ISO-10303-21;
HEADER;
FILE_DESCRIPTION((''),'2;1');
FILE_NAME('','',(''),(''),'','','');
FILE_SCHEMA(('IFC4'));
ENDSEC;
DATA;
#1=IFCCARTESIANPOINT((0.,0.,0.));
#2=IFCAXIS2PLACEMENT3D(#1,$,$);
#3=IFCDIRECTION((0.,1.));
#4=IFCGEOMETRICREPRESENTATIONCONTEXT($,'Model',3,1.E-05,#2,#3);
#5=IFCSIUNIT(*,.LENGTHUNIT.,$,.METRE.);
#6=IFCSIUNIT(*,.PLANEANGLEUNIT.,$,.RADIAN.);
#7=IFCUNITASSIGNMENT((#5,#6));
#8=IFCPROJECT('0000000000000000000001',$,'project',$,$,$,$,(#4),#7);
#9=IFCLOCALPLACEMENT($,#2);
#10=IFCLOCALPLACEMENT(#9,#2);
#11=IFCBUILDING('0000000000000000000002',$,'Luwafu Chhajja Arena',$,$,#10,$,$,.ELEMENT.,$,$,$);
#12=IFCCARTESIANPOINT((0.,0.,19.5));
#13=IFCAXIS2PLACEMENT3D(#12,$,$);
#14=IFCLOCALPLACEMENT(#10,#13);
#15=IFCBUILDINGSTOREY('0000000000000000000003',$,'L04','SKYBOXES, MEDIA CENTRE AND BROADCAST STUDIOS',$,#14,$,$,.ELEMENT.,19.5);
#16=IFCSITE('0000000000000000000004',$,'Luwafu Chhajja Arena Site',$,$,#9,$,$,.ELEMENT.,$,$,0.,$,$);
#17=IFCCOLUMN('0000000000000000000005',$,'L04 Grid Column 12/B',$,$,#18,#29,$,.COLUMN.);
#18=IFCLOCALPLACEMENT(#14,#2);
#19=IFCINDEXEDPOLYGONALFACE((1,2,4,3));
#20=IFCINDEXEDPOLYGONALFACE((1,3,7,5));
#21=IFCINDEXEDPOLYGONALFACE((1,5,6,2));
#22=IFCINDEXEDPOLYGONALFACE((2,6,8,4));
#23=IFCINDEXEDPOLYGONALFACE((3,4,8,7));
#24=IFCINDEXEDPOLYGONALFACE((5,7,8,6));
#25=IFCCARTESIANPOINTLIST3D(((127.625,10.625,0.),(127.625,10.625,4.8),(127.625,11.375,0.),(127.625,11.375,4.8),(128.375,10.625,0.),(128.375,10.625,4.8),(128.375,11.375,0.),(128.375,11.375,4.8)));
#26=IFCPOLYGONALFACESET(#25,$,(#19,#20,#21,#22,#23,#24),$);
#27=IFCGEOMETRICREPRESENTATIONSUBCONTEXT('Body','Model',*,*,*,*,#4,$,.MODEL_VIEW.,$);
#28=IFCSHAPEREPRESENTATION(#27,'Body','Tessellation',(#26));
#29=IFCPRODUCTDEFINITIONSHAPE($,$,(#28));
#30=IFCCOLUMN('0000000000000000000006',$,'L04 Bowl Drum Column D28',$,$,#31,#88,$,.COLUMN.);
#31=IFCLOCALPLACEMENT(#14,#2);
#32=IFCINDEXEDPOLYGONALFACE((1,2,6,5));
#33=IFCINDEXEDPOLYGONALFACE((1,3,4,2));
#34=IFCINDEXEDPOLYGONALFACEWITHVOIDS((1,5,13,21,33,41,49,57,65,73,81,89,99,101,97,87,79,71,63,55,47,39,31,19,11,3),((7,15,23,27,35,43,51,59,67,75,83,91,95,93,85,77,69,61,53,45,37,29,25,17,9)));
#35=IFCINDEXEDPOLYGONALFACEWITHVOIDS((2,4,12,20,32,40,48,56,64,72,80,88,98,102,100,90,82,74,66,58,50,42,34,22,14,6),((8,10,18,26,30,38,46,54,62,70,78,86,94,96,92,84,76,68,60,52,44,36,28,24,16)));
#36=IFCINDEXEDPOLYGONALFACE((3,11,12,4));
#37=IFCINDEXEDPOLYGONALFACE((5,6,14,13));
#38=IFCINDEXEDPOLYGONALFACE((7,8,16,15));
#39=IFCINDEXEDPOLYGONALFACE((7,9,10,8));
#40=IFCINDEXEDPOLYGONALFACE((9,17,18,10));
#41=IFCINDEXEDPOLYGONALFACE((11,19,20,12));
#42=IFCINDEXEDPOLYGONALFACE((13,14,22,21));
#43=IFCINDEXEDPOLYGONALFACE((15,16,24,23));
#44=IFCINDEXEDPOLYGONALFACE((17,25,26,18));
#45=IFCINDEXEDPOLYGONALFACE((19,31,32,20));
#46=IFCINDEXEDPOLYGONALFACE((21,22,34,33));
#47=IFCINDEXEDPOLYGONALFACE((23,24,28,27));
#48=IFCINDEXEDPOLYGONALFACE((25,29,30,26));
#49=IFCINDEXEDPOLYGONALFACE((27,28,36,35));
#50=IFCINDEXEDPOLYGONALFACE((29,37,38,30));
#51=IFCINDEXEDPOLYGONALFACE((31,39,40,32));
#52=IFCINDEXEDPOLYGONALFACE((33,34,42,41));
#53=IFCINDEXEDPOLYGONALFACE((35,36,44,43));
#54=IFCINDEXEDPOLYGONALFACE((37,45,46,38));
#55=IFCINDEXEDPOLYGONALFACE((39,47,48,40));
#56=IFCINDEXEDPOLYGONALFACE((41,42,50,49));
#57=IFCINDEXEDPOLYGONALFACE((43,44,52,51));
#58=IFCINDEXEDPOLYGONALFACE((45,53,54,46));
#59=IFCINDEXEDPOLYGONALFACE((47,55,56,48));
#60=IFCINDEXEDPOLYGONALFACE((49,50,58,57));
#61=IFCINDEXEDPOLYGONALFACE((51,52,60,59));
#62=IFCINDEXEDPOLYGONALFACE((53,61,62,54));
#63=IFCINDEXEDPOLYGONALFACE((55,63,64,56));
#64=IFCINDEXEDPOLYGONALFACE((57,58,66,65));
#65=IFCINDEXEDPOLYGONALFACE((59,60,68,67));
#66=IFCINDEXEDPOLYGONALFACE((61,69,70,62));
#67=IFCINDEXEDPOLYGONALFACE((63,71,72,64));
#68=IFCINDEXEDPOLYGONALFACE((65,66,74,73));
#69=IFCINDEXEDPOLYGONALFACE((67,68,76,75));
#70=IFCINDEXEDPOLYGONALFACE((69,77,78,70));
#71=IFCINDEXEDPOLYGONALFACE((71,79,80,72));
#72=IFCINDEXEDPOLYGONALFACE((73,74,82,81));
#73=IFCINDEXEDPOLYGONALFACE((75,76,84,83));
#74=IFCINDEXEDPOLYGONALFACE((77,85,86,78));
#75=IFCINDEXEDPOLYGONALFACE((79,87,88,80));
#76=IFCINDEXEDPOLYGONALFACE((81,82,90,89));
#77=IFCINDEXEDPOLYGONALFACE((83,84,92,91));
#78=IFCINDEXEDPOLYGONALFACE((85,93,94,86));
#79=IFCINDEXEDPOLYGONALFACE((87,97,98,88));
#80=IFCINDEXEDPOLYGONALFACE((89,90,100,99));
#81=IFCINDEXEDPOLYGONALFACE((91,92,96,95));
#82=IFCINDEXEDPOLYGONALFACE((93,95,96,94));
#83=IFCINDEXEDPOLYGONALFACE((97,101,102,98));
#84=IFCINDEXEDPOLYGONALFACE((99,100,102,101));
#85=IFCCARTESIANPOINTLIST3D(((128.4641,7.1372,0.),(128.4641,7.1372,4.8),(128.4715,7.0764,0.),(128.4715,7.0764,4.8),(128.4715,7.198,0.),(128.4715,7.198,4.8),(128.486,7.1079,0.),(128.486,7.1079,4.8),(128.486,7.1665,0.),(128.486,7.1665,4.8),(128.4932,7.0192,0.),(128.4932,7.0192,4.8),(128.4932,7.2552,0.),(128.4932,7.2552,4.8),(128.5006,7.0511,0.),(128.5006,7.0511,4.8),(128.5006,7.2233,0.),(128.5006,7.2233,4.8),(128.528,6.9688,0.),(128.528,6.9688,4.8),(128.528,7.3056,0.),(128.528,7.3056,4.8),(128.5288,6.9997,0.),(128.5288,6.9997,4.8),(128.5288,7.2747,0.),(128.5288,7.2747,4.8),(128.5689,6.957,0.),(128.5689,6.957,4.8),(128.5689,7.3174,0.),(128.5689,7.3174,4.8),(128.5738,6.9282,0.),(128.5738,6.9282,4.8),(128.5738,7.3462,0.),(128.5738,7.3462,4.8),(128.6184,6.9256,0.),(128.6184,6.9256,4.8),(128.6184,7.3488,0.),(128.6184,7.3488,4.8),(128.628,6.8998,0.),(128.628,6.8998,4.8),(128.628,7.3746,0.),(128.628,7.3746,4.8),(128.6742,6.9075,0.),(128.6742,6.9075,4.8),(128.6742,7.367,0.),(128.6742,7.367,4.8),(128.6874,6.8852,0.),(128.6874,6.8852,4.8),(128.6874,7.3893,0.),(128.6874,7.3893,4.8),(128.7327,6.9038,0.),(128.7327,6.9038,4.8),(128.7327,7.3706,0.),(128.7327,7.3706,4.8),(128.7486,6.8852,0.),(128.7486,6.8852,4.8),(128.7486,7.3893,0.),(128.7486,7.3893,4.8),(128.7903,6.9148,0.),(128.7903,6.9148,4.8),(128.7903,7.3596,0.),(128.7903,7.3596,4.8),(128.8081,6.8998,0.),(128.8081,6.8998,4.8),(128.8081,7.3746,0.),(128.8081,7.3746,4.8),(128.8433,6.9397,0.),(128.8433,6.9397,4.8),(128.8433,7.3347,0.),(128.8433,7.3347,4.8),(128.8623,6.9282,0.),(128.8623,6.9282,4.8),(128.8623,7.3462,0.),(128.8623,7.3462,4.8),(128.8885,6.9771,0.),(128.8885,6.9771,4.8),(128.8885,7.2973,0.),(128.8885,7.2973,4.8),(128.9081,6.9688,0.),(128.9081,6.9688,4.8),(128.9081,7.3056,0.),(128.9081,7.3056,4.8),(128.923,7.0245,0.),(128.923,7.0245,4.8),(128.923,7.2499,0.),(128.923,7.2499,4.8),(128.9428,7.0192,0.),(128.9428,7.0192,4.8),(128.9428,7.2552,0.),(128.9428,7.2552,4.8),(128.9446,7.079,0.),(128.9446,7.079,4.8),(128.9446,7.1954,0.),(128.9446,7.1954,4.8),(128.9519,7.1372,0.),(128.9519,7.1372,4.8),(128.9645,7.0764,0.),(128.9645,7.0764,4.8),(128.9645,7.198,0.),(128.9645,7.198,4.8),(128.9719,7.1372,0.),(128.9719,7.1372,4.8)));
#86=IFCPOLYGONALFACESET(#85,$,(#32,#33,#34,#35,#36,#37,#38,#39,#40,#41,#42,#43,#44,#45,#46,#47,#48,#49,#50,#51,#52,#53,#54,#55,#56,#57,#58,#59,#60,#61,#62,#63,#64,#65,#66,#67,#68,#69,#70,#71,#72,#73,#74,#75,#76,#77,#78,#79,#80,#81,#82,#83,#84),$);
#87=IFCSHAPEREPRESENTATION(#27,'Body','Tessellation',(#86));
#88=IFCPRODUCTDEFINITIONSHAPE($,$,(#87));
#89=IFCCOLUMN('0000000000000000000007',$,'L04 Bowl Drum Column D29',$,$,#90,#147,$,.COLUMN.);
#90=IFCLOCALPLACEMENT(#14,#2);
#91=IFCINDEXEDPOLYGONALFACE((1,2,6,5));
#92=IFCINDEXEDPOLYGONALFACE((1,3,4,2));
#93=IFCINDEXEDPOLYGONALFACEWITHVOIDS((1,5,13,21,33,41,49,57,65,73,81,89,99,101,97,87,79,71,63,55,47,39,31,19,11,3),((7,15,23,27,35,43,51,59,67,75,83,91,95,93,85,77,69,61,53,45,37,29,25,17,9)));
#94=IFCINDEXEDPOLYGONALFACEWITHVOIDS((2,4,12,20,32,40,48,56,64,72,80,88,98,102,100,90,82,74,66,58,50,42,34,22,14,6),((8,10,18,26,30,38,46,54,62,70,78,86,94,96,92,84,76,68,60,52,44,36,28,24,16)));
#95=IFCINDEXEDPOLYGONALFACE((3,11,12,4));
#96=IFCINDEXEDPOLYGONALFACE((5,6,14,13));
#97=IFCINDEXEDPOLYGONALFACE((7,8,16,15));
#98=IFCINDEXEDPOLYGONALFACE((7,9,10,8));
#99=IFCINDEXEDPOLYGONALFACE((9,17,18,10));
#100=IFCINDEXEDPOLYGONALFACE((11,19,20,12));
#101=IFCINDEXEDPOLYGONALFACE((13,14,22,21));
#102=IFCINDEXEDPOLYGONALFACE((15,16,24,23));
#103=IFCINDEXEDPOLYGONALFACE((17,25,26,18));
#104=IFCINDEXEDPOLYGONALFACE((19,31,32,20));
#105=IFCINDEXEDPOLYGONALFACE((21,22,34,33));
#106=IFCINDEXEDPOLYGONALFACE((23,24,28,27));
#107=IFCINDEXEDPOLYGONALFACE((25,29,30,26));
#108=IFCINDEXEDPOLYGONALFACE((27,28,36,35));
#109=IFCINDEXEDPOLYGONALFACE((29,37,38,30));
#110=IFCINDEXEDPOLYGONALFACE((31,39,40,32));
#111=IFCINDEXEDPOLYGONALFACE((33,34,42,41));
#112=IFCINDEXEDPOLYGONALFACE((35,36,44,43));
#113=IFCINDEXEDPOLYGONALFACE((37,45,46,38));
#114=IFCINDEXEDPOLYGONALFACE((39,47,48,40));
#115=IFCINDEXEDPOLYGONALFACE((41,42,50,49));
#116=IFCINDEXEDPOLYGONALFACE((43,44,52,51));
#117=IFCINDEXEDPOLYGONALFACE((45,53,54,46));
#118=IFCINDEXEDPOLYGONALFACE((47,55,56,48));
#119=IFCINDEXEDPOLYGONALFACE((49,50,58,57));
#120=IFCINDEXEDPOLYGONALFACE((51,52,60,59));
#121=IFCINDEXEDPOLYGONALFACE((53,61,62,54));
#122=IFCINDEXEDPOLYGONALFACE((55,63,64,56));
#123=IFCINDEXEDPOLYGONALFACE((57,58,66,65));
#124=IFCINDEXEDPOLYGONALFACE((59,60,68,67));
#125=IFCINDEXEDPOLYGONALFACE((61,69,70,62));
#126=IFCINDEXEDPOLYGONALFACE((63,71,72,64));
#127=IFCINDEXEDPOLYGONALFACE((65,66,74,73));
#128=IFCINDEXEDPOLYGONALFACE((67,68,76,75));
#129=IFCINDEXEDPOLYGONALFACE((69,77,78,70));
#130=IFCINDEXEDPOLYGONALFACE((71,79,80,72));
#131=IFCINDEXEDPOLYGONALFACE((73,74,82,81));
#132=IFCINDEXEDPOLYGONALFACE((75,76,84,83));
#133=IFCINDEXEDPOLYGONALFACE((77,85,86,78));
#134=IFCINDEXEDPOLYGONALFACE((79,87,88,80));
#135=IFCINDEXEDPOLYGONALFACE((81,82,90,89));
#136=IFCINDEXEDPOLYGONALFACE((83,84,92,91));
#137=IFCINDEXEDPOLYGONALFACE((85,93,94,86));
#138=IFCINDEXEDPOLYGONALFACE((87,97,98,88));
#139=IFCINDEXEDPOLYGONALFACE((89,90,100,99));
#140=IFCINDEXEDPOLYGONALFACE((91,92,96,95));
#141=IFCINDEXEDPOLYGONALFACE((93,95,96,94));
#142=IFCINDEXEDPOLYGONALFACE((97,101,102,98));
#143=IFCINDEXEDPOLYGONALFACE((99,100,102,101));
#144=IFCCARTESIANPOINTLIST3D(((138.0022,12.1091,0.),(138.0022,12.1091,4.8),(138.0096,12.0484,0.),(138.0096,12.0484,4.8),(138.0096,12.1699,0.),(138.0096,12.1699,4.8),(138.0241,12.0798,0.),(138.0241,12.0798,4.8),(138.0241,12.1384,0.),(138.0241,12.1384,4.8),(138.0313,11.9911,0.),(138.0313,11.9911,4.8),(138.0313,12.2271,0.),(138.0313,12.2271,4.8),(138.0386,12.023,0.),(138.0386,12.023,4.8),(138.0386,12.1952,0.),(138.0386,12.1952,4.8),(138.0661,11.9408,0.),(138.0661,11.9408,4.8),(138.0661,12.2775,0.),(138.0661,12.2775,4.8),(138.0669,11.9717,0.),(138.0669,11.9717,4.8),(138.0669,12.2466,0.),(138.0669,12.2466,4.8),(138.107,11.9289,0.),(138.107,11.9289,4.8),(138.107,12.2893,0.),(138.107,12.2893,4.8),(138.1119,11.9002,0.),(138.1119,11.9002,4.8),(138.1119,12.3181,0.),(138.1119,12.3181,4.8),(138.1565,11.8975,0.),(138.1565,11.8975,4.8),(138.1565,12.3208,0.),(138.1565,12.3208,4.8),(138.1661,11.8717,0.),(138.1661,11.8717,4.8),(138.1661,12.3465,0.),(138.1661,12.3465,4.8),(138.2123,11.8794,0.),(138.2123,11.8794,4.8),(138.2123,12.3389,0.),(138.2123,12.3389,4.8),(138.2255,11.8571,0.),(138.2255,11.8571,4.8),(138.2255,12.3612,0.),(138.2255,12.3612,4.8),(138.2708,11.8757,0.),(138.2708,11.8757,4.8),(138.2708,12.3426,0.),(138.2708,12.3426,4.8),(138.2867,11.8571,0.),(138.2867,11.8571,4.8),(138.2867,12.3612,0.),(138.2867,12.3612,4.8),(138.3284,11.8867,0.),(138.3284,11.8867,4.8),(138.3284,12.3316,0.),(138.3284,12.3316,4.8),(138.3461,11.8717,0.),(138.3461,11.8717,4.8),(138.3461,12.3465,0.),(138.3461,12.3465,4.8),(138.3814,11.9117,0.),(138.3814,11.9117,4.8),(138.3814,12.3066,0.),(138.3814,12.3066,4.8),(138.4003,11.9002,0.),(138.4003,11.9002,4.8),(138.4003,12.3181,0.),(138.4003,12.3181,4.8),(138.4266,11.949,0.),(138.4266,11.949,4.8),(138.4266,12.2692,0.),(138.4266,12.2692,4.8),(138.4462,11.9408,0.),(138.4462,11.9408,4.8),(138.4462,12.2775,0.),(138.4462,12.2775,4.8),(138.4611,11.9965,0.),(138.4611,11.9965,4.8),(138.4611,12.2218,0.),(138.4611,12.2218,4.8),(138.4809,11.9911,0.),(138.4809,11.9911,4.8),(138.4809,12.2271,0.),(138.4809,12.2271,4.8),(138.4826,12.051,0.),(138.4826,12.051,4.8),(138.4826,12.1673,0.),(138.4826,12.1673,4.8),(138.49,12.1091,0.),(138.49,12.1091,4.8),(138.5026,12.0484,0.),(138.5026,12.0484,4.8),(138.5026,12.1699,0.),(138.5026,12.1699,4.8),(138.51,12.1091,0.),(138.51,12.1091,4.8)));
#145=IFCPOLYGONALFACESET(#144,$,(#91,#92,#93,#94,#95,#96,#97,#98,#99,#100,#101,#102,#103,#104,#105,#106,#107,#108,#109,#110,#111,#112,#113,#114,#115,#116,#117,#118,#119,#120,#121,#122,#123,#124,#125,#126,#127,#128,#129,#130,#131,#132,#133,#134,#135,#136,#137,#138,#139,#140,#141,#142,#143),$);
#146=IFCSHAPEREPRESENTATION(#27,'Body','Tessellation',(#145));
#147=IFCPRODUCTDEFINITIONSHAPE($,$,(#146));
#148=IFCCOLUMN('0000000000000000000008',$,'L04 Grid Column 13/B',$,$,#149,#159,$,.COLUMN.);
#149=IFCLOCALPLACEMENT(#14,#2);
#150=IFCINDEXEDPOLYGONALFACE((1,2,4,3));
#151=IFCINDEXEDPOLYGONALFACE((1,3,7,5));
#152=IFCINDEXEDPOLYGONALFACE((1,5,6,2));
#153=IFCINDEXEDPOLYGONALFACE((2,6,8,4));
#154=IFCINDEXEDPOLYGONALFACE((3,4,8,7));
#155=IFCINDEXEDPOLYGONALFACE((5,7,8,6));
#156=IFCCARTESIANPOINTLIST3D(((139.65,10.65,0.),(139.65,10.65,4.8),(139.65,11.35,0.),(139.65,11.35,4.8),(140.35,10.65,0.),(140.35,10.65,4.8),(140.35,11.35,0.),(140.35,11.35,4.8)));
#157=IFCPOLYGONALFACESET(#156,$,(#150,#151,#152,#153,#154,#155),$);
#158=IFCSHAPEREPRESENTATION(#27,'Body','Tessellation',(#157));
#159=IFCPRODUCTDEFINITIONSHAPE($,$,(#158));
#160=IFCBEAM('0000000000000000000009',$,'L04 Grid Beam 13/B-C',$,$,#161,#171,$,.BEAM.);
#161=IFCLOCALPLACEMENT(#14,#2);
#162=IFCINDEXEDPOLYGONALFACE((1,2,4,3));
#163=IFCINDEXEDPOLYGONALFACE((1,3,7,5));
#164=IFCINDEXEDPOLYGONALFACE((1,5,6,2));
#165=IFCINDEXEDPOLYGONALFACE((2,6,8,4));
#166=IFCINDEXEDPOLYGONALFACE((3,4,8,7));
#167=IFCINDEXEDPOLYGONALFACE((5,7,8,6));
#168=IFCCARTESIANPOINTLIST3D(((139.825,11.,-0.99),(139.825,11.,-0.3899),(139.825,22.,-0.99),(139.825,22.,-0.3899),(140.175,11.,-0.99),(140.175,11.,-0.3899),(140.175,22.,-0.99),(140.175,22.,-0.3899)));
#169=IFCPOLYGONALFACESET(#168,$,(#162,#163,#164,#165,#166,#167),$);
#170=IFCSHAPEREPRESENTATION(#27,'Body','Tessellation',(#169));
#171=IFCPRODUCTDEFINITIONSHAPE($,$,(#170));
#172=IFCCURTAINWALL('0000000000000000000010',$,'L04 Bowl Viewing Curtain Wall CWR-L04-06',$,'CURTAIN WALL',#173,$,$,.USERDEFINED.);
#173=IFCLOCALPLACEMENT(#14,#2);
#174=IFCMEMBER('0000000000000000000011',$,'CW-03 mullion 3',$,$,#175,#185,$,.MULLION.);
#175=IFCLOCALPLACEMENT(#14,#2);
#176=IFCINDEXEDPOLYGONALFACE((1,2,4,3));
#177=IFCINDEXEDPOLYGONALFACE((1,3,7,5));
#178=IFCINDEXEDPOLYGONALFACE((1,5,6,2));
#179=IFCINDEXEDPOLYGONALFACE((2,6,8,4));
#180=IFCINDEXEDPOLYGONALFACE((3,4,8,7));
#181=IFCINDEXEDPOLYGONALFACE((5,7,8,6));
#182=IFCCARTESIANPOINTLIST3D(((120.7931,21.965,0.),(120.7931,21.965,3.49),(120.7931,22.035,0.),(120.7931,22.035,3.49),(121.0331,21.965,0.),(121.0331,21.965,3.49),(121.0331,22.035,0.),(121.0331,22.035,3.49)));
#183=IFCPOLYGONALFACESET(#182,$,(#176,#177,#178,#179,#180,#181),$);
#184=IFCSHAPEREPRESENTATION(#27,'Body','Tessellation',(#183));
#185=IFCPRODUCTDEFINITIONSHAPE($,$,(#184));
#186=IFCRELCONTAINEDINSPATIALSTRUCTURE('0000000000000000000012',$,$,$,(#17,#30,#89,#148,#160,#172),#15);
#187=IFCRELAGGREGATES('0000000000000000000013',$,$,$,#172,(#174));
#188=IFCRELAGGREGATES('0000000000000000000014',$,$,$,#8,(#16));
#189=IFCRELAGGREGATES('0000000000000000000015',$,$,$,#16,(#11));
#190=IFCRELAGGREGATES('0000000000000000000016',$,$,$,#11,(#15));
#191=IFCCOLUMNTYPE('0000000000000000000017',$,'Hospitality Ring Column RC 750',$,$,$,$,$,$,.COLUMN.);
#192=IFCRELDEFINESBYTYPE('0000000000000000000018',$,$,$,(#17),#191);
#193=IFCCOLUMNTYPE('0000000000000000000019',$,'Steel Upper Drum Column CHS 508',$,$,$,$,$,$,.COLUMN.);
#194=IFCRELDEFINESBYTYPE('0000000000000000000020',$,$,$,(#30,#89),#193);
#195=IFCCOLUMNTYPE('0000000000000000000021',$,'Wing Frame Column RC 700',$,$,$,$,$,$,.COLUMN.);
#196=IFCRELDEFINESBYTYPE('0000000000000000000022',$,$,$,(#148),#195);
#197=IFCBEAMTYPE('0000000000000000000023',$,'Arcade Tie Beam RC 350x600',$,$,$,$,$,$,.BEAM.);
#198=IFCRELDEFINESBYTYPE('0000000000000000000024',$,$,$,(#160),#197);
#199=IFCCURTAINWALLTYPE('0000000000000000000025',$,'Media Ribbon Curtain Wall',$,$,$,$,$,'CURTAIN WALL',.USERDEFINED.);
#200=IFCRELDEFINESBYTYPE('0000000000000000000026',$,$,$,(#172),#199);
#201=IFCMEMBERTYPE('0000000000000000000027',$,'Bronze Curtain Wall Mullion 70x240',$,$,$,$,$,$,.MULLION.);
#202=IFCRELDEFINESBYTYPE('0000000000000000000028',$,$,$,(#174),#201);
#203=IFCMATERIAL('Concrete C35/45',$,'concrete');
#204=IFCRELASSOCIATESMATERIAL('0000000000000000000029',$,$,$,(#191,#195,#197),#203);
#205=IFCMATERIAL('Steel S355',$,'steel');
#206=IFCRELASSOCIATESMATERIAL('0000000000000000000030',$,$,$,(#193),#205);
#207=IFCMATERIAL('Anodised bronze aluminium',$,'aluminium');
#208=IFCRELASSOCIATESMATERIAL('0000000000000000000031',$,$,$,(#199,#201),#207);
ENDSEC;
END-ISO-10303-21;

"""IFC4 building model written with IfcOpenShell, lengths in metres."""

from ifc_helpers import new_model, si_unit, direction, frame, origin, origin_2d, place, context, subcontext, project, spatial, rectangle, hollow_circle, extrude, material, material_profile, profile_set, type_object, element, aggregate, save


model = new_model("IFC4")

# Units and contexts
model_context = context("Model", 3, precision=1e-05, world=origin(), true_north=direction((0.0, 1.0)))
body_context = subcontext(model_context, "Body", "Model", "MODEL_VIEW")
ifc_project = project(units=[si_unit("LENGTHUNIT", "METRE"), si_unit("PLANEANGLEUNIT", "RADIAN")], contexts=[model_context])

# Site, building, storey
site_placement = place(None, origin())
site = spatial("IfcSite", under=ifc_project, at=site_placement, Name="Luwafu Chhajja Arena Site", CompositionType="ELEMENT", RefElevation=0.0)
building_placement = place(site_placement, origin())
building = spatial("IfcBuilding", under=site, at=building_placement, Name="Luwafu Chhajja Arena", CompositionType="ELEMENT")
storey_placement = place(building_placement, frame((0.0, 0.0, 19.5)))
storey = spatial("IfcBuildingStorey", under=building, at=storey_placement, Name="L04", Description="SKYBOXES, MEDIA CENTRE AND BROADCAST STUDIOS", CompositionType="ELEMENT", Elevation=19.5)

# Columns
ifc_material_1 = material(Name="Concrete C35/45", Category="concrete")
ifc_material_profile_1 = material_profile(ifc_material_1, rectangle(XDim=0.75, YDim=0.75, at=origin_2d()), Name="RC 750x750")
ifc_profile_set_1 = profile_set([ifc_material_profile_1], Name="Concrete C35/45")
column_type_1 = type_object("IfcColumnType", Name="Hospitality Ring Column RC 750", PredefinedType="COLUMN", material=ifc_profile_set_1)
column_1_placement = place(storey_placement, frame((128.0, 11.0, 0.0), z_axis=(0.0, 0.0, 1.0), x_axis=(1.0, 0.0, 0.0)))
element("IfcColumn", 1, at=column_1_placement, inside=storey, type_object=column_type_1, Name="L04 Grid Column 12/B", PredefinedType="COLUMN", context=body_context, shape_type="SweptSolid", body=[
    extrude(rectangle(XDim=0.75, YDim=0.75, at=origin_2d()), origin(), (0.0, 0.0, 1.0), 4.8),
])
ifc_material_2 = material(Name="Steel S355", Category="steel")
ifc_material_profile_2 = material_profile(ifc_material_2, hollow_circle(Radius=0.2539, WallThickness=0.02, at=origin_2d()), Name="CHS 508x20")
ifc_profile_set_2 = profile_set([ifc_material_profile_2], Name="Steel S355")
column_type_2 = type_object("IfcColumnType", Name="Steel Upper Drum Column CHS 508", PredefinedType="COLUMN", material=ifc_profile_set_2)
for number, where, z_axis, x_axis, name in (
    (2, (128.718, 7.1372, 0.0), (0.0, 0.0, 1.0), (1.0, 0.0, 0.0), "L04 Bowl Drum Column D28"),
    (3, (138.2561, 12.1091, 0.0), (0.0, 0.0, 1.0), (1.0, 0.0, 0.0), "L04 Bowl Drum Column D29"),
):
    element("IfcColumn", number, at=place(storey_placement, frame(where, z_axis=z_axis, x_axis=x_axis)), inside=storey, type_object=column_type_2, Name=name, PredefinedType="COLUMN", context=body_context, shape_type="SweptSolid", body=[
        extrude(hollow_circle(Radius=0.2539, WallThickness=0.02, at=origin_2d()), origin(), (0.0, 0.0, 1.0), 4.8),
    ])
ifc_material_profile_3 = material_profile(ifc_material_1, rectangle(XDim=0.7, YDim=0.7, at=origin_2d()), Name="RC 700x700")
ifc_profile_set_3 = profile_set([ifc_material_profile_3], Name="Concrete C35/45")
column_type_3 = type_object("IfcColumnType", Name="Wing Frame Column RC 700", PredefinedType="COLUMN", material=ifc_profile_set_3)
column_2_placement = place(storey_placement, frame((140.0, 11.0, 0.0), z_axis=(0.0, 0.0, 1.0), x_axis=(1.0, 0.0, 0.0)))
element("IfcColumn", 4, at=column_2_placement, inside=storey, type_object=column_type_3, Name="L04 Grid Column 13/B", PredefinedType="COLUMN", context=body_context, shape_type="SweptSolid", body=[
    extrude(rectangle(XDim=0.7, YDim=0.7, at=origin_2d()), origin(), (0.0, 0.0, 1.0), 4.8),
])

# Beam
ifc_material_profile_4 = material_profile(ifc_material_1, rectangle(XDim=0.3501, YDim=0.6001, at=origin_2d()), Name="RC 350x600")
ifc_profile_set_4 = profile_set([ifc_material_profile_4], Name="Concrete C35/45")
beam_type_1 = type_object("IfcBeamType", Name="Arcade Tie Beam RC 350x600", PredefinedType="BEAM", material=ifc_profile_set_4)
beam_1_placement = place(storey_placement, frame((140.0, 11.0, -0.6899), z_axis=(0.0, 1.0, 0.0), x_axis=(-1.0, 0.0, 0.0)))
element("IfcBeam", 5, at=beam_1_placement, inside=storey, type_object=beam_type_1, Name="L04 Grid Beam 13/B-C", PredefinedType="BEAM", context=body_context, shape_type="SweptSolid", body=[
    extrude(rectangle(XDim=0.3501, YDim=0.6001, at=origin_2d()), origin(), (0.0, 0.0, 1.0), 11.0),
])

# Curtain wall, member
ifc_material_3 = material(Name="Anodised bronze aluminium", Category="aluminium")
curtain_wall_type = type_object("IfcCurtainWallType", Name="Media Ribbon Curtain Wall", ElementType="CURTAIN WALL", PredefinedType="USERDEFINED", material=ifc_material_3)
curtain_wall_placement = place(storey_placement, origin())
curtain_wall = element("IfcCurtainWall", 6, at=curtain_wall_placement, inside=storey, type_object=curtain_wall_type, Name="L04 Bowl Viewing Curtain Wall CWR-L04-06", ObjectType="CURTAIN WALL", PredefinedType="USERDEFINED")
ifc_material_profile_5 = material_profile(ifc_material_3, rectangle(XDim=0.0701, YDim=0.24, at=origin_2d()), Name="CWM 70x240")
ifc_profile_set_5 = profile_set([ifc_material_profile_5], Name="Anodised bronze aluminium")
member_type_1 = type_object("IfcMemberType", Name="Bronze Curtain Wall Mullion 70x240", PredefinedType="MULLION", material=ifc_profile_set_5)
member_1_placement = place(storey_placement, frame((120.9131, 22.0, 0.0), z_axis=(0.0, 0.0, 1.0), x_axis=(0.0, 1.0, 0.0)))
member_1 = element("IfcMember", 7, at=member_1_placement, type_object=member_type_1, Name="CW-03 mullion 3", PredefinedType="MULLION", context=body_context, shape_type="SweptSolid", body=[
    extrude(rectangle(XDim=0.0701, YDim=0.24, at=origin_2d()), origin(), (0.0, 0.0, 1.0), 3.49),
])

aggregate(curtain_wall, [member_1])

save(model, "model.ifc")
